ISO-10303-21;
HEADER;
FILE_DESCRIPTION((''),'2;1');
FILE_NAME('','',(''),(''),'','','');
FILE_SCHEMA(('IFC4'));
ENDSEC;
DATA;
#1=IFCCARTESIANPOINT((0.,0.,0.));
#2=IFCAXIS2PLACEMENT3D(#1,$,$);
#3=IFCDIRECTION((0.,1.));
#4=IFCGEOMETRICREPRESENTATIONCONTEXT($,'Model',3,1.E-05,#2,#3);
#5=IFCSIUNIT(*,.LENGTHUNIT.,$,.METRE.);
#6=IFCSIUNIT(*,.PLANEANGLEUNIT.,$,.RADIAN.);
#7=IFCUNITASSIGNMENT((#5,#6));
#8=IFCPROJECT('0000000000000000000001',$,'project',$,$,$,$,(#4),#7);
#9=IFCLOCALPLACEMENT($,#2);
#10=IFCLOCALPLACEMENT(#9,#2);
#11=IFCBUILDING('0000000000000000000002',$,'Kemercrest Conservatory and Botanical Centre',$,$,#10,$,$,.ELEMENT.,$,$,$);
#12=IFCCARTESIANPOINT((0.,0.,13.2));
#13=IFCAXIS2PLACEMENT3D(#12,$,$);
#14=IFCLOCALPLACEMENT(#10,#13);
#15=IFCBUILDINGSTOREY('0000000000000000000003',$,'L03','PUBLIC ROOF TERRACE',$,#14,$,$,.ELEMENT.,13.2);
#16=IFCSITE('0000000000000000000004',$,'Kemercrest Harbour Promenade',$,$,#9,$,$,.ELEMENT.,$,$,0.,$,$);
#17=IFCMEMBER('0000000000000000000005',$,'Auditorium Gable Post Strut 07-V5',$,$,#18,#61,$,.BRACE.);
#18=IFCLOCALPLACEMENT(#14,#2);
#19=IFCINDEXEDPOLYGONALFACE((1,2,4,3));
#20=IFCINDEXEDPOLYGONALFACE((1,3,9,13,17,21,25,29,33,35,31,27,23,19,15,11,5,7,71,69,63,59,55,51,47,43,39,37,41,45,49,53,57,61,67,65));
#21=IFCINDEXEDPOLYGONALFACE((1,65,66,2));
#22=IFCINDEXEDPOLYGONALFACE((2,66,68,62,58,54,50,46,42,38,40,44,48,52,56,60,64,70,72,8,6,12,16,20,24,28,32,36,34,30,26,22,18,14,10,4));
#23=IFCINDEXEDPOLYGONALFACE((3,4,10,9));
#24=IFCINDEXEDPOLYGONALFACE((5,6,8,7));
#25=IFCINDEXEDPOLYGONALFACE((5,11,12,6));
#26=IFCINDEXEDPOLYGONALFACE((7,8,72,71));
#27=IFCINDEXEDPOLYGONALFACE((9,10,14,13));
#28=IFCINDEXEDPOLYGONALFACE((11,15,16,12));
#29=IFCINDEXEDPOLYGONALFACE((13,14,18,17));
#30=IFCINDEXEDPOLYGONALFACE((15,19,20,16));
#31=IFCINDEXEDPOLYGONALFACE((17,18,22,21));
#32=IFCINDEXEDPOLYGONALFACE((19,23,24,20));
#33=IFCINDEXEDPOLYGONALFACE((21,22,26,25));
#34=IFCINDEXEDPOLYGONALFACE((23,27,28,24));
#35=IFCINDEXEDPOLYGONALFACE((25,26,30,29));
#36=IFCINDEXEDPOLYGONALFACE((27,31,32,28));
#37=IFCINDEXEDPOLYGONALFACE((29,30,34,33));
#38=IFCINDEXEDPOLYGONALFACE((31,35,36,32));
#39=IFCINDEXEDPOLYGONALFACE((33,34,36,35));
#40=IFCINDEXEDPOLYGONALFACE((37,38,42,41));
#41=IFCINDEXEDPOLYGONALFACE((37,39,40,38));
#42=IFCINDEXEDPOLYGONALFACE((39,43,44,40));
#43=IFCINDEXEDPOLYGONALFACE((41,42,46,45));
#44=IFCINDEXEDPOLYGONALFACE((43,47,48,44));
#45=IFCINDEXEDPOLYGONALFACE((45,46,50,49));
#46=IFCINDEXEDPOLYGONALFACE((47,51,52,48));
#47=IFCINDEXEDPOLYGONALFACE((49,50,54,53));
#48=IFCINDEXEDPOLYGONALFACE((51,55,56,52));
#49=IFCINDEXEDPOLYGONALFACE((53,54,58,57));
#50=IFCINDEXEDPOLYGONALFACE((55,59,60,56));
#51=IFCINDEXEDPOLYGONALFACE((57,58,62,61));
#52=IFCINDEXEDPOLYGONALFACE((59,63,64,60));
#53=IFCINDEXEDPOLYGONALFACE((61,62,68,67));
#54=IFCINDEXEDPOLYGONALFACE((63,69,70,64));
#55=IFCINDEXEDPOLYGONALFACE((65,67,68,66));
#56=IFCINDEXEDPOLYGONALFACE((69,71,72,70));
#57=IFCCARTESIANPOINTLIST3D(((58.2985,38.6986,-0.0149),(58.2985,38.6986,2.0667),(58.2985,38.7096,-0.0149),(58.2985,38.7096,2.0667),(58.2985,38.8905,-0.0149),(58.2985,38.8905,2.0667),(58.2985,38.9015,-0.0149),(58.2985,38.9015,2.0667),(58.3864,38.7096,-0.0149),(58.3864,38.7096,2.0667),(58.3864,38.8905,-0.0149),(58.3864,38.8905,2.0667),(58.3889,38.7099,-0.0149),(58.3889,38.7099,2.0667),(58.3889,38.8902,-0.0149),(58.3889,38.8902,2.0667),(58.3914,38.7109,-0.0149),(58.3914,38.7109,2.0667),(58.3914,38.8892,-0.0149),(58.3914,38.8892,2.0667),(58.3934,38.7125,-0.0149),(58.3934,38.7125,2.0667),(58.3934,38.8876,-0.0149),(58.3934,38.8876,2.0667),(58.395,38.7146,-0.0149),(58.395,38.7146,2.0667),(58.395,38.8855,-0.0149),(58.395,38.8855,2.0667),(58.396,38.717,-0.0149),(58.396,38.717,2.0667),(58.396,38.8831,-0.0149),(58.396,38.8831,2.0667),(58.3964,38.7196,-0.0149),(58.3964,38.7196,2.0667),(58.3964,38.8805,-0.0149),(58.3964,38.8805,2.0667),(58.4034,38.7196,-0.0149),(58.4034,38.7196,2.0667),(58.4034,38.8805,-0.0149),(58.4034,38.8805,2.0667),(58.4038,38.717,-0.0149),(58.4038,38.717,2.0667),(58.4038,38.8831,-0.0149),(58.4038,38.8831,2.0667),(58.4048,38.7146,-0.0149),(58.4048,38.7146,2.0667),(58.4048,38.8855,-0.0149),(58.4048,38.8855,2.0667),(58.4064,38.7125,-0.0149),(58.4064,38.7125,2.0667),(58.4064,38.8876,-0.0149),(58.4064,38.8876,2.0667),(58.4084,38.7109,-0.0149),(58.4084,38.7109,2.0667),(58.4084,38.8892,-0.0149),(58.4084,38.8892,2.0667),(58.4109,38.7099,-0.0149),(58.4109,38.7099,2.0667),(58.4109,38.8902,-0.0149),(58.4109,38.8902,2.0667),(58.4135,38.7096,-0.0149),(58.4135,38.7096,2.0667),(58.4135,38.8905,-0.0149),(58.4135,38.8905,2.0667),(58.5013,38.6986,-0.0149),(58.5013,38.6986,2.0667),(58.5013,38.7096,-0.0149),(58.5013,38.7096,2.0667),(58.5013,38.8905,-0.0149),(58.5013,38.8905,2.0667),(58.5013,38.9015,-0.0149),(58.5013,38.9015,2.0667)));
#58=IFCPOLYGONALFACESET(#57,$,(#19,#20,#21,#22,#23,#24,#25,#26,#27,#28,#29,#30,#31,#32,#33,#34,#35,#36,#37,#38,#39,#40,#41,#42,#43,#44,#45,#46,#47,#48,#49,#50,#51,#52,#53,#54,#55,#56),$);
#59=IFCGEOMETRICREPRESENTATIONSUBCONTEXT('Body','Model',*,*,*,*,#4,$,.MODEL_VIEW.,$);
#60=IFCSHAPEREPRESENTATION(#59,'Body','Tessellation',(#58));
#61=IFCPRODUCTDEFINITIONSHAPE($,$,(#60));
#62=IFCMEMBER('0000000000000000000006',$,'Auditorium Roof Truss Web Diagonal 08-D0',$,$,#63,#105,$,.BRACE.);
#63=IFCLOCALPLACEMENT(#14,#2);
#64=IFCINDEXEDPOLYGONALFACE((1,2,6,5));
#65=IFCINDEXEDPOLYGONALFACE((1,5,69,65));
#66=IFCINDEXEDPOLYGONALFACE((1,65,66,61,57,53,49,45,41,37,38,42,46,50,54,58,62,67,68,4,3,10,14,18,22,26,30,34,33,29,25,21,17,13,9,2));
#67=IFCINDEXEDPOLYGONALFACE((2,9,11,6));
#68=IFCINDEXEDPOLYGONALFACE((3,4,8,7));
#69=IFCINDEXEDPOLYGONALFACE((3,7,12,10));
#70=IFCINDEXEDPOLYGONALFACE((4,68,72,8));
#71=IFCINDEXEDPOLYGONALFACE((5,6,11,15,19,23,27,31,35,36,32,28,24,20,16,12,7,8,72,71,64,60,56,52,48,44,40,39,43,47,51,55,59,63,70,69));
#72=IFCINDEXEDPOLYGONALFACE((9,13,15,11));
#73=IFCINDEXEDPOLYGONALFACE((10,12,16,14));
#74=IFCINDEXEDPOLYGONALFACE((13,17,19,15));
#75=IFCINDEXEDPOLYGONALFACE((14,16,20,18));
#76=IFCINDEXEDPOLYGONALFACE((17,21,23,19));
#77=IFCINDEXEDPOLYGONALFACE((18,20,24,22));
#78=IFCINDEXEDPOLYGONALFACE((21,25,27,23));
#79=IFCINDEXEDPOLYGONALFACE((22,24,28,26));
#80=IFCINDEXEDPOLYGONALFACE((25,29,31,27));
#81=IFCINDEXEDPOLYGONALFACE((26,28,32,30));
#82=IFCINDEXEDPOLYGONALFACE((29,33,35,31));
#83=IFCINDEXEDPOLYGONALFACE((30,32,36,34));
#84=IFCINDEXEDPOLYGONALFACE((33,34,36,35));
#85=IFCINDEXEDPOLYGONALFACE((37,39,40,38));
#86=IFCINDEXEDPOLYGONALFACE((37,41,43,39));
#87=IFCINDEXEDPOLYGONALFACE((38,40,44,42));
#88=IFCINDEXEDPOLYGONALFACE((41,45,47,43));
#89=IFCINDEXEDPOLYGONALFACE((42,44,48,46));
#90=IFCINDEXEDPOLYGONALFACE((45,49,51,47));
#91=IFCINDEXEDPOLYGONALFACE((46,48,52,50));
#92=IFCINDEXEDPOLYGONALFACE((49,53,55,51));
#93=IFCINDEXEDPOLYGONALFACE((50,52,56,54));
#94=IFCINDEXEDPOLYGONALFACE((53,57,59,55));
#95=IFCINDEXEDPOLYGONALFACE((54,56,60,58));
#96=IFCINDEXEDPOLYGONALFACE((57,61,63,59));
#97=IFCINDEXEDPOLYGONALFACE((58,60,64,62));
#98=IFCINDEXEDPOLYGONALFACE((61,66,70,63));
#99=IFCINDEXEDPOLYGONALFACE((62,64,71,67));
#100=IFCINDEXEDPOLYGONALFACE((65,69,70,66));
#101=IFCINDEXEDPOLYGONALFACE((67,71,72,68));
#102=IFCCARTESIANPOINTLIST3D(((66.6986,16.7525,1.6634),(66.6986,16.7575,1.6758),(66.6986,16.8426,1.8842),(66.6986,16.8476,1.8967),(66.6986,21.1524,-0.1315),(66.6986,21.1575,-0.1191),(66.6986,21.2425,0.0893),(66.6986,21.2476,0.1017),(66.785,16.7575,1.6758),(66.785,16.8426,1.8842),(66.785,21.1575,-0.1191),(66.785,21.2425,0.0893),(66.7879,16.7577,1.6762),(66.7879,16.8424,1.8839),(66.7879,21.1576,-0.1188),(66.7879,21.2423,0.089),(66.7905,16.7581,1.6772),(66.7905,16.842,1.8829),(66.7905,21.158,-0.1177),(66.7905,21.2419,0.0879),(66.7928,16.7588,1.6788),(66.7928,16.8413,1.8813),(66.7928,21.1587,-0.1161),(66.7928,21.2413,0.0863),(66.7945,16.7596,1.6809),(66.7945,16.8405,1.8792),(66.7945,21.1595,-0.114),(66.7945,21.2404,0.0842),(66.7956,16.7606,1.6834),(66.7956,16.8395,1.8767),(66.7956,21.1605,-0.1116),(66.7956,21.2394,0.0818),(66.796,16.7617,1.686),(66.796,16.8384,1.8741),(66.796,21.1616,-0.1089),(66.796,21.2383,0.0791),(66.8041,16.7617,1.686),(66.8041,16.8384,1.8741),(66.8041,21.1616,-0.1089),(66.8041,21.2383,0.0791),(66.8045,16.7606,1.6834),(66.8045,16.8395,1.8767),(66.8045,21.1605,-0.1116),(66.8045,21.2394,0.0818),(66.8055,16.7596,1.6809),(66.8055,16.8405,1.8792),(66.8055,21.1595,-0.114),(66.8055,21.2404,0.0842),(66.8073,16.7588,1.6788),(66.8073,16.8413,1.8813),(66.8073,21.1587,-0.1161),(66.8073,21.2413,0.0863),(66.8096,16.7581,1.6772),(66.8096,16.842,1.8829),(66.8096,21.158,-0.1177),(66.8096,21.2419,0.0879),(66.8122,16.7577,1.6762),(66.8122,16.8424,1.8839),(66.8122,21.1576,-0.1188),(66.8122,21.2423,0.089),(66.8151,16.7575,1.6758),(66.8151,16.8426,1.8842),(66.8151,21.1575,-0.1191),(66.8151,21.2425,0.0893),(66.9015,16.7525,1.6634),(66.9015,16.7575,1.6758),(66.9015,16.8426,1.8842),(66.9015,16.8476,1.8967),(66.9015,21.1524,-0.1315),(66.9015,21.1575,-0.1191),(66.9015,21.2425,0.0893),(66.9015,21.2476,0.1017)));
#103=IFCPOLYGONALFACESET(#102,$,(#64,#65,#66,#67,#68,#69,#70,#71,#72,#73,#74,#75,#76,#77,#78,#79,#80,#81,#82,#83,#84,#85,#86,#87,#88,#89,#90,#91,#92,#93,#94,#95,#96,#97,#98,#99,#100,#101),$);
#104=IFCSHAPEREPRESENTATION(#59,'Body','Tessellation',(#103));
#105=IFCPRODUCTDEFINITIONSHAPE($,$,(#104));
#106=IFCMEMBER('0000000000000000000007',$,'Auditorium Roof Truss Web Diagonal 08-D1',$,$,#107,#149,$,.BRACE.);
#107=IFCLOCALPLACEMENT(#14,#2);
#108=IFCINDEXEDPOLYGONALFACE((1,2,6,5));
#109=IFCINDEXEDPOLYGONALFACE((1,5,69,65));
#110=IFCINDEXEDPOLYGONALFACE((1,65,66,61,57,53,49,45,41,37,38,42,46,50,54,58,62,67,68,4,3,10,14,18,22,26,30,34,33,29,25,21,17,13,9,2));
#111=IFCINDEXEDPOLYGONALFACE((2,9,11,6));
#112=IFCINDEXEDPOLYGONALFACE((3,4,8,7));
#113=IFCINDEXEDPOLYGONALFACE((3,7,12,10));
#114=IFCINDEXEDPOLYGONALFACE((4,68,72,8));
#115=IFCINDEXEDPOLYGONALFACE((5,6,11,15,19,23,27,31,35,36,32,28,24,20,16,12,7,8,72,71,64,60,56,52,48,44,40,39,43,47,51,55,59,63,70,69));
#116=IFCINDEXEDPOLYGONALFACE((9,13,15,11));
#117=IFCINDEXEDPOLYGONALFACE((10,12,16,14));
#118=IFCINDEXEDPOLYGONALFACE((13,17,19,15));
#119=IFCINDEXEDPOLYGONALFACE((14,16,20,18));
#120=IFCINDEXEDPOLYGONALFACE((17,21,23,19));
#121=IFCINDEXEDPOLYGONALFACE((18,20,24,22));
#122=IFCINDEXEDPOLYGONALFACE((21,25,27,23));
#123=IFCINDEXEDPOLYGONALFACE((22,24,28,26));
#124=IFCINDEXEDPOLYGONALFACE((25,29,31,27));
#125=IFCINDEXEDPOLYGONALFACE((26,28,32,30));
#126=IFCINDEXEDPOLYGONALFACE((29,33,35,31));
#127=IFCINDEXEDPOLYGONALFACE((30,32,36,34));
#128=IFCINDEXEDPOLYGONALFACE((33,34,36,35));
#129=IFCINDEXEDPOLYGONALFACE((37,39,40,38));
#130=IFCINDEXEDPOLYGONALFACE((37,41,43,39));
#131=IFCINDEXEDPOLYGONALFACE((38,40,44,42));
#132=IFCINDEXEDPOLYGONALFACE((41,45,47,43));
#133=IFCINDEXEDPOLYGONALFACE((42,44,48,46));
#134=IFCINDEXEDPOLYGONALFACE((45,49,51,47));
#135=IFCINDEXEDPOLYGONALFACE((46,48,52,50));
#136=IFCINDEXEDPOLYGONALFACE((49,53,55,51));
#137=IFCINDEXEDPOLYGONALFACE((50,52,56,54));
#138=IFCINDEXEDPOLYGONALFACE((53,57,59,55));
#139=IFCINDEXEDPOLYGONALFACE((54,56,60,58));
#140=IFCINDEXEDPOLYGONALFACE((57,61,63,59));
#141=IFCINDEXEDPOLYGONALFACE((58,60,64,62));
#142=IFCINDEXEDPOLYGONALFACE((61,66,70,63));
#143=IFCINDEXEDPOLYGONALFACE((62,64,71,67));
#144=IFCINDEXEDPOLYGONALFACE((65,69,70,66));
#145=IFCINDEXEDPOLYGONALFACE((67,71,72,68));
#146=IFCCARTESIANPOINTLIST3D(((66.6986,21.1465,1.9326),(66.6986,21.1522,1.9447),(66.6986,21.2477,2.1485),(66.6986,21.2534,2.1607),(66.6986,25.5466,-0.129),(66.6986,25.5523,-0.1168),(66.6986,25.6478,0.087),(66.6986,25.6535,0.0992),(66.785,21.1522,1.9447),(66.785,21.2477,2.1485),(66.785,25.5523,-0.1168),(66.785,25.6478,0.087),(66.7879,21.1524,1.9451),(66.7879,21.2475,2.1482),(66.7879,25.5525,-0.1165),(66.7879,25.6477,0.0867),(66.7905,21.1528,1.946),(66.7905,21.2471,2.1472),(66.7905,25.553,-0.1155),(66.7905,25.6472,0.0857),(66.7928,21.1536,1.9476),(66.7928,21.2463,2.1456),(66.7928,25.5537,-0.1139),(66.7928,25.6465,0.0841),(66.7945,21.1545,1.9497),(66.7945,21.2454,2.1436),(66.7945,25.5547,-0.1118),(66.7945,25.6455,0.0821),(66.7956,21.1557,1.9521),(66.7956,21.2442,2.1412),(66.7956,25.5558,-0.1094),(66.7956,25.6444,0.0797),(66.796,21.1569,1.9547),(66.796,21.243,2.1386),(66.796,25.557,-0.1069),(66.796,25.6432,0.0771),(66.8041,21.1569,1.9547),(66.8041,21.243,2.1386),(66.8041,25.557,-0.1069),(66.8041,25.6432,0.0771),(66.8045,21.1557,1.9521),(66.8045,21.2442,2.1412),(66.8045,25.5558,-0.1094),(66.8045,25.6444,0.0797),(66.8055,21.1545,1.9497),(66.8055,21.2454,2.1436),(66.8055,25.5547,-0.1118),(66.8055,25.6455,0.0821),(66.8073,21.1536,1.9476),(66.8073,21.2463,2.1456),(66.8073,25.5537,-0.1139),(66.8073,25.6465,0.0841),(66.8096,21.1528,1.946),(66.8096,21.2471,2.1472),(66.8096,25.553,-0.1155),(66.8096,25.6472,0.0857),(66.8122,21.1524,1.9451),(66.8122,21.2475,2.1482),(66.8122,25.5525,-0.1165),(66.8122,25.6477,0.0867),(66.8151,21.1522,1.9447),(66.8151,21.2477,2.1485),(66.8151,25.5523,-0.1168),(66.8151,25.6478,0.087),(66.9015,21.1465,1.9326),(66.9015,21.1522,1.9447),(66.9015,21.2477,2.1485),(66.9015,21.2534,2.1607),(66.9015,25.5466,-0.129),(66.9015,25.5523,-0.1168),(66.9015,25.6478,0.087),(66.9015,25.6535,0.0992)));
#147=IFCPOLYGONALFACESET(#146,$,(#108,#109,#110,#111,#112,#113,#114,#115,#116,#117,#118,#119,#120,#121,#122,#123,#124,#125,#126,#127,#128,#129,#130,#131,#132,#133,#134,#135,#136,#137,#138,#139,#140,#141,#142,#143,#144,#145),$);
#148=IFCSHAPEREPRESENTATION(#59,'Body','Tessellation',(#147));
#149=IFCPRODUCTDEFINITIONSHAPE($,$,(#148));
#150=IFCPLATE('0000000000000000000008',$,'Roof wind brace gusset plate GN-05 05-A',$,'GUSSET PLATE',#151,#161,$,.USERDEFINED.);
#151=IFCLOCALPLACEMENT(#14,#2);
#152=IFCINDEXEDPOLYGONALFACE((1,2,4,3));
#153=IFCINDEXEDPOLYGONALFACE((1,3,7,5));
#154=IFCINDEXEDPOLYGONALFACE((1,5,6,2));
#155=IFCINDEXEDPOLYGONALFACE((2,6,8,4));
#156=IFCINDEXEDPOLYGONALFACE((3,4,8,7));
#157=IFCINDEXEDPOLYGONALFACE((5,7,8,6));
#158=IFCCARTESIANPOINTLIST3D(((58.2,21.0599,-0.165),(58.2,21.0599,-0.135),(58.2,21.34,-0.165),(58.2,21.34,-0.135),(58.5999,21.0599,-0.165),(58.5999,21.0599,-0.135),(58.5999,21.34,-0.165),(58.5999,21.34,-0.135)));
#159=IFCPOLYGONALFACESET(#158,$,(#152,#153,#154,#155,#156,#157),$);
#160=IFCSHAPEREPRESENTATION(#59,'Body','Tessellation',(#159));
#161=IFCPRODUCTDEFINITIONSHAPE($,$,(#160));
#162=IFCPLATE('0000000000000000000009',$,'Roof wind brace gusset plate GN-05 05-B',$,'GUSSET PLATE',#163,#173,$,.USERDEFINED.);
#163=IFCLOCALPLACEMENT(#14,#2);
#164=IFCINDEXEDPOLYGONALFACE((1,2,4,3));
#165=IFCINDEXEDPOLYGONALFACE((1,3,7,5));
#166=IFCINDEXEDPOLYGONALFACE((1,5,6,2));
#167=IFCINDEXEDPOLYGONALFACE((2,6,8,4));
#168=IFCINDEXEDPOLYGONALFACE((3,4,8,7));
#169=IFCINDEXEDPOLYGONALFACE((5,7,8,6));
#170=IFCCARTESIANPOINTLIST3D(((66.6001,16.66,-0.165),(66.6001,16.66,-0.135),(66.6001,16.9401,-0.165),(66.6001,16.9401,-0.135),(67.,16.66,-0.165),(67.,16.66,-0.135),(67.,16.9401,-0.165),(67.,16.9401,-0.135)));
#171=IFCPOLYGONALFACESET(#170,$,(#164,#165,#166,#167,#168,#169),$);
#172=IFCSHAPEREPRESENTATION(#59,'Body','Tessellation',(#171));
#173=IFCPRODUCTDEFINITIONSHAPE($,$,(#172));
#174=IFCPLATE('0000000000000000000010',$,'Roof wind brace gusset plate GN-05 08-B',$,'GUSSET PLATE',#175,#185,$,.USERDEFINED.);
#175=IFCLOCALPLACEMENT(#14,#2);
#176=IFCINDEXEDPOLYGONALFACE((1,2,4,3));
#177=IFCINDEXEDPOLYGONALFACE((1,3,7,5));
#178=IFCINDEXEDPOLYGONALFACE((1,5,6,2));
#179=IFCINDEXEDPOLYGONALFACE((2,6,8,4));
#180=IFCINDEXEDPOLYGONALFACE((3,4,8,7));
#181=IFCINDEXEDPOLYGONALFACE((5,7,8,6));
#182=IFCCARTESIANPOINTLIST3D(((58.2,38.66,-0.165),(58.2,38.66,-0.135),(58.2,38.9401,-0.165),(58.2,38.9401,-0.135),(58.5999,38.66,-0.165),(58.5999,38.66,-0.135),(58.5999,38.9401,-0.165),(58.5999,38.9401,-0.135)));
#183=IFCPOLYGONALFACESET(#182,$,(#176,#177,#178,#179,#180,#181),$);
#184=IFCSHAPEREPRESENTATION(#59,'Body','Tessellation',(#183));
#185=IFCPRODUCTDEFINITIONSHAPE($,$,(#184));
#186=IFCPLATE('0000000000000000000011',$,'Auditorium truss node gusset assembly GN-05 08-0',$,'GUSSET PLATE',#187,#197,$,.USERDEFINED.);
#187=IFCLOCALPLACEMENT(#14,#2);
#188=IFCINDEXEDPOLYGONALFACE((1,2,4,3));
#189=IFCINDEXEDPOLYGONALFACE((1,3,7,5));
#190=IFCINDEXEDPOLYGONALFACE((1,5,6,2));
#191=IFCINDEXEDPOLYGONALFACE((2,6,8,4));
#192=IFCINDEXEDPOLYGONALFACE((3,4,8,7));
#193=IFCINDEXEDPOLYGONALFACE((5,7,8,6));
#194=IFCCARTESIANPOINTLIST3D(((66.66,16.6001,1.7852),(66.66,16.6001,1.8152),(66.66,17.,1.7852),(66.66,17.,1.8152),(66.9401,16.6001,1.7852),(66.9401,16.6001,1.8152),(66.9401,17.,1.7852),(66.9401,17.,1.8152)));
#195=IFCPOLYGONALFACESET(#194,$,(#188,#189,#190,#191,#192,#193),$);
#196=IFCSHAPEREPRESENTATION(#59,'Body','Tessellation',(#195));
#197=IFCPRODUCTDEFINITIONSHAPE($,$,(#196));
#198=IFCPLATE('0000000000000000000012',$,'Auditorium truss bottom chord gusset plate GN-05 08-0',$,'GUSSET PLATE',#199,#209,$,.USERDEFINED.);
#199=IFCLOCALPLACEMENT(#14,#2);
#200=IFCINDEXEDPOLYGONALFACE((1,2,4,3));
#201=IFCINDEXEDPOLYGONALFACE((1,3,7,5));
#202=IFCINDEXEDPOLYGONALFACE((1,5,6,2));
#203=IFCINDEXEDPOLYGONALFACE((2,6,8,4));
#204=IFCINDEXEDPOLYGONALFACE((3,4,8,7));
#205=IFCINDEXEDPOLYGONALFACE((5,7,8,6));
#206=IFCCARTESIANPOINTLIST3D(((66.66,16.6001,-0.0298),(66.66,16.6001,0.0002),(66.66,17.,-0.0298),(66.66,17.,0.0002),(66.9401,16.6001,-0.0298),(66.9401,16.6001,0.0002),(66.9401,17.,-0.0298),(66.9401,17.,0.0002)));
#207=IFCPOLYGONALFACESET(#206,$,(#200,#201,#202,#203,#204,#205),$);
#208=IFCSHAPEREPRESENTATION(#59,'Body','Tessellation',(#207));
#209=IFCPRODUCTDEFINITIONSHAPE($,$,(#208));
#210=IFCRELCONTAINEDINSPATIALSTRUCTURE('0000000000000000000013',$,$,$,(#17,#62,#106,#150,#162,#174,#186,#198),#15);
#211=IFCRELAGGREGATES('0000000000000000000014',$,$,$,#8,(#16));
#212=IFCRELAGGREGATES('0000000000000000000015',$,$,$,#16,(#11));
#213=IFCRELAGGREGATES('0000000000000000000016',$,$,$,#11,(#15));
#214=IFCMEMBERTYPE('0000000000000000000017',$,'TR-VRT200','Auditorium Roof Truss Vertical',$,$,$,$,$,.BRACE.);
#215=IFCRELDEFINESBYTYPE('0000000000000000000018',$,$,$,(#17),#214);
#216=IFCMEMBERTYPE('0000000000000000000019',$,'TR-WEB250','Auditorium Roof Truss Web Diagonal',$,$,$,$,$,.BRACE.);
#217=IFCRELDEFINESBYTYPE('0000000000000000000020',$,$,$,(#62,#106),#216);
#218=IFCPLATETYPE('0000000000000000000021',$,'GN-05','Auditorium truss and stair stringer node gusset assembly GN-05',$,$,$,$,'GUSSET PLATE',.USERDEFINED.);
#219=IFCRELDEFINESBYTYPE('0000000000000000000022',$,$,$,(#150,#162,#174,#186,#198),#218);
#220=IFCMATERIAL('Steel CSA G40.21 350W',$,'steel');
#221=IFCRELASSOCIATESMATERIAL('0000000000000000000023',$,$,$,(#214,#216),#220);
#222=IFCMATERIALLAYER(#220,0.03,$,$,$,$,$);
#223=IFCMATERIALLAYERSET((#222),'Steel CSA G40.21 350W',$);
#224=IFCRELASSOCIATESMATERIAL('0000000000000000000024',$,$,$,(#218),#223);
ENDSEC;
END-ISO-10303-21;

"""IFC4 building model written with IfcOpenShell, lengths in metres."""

from ifc_helpers import new_model, si_unit, direction, frame, origin, origin_2d, place, context, subcontext, project, spatial, rectangle, i_section, extrude, material, layer, layer_set, material_profile, profile_set, type_object, element, save


model = new_model("IFC4")

# Units and contexts
model_context = context("Model", 3, precision=1e-05, world=origin(), true_north=direction((0.0, 1.0)))
body_context = subcontext(model_context, "Body", "Model", "MODEL_VIEW")
ifc_project = project(units=[si_unit("LENGTHUNIT", "METRE"), si_unit("PLANEANGLEUNIT", "RADIAN")], contexts=[model_context])

# Site, building, storey
site_placement = place(None, origin())
site = spatial("IfcSite", under=ifc_project, at=site_placement, Name="Kemercrest Harbour Promenade", CompositionType="ELEMENT", RefElevation=0.0)
building_placement = place(site_placement, origin())
building = spatial("IfcBuilding", under=site, at=building_placement, Name="Kemercrest Conservatory and Botanical Centre", CompositionType="ELEMENT")
storey_placement = place(building_placement, frame((0.0, 0.0, 13.2)))
storey = spatial("IfcBuildingStorey", under=building, at=storey_placement, Name="L03", Description="PUBLIC ROOF TERRACE", CompositionType="ELEMENT", Elevation=13.2)

# Shared definitions
ifc_material_1 = material(Name="Steel CSA G40.21 350W", Category="steel")

# Members
ifc_material_profile_1 = material_profile(ifc_material_1, i_section(OverallWidth=0.2029, OverallDepth=0.2029, WebThickness=0.0071, FlangeThickness=0.011, FilletRadius=0.01, at=origin_2d()), Name="W200X46")
ifc_profile_set_1 = profile_set([ifc_material_profile_1], Name="Steel CSA G40.21 350W")
member_type_1 = type_object("IfcMemberType", Name="TR-VRT200", Description="Auditorium Roof Truss Vertical", PredefinedType="BRACE", material=ifc_profile_set_1)
member_1_placement = place(storey_placement, frame((58.3999, 38.8, -0.0149), z_axis=(0.0, 0.0, 1.0), x_axis=(1.0, 0.0, 0.0)))
element("IfcMember", 1, at=member_1_placement, inside=storey, type_object=member_type_1, Name="Auditorium Gable Post Strut 07-V5", PredefinedType="BRACE", context=body_context, shape_type="SweptSolid", body=[
    extrude(i_section(OverallWidth=0.2029, OverallDepth=0.2029, WebThickness=0.0071, FlangeThickness=0.011, FilletRadius=0.01, at=origin_2d()), origin(), (0.0, 0.0, 1.0), 2.0815),
])
ifc_material_profile_2 = material_profile(ifc_material_1, i_section(OverallWidth=0.2029, OverallDepth=0.252, WebThickness=0.0081, FlangeThickness=0.0134, FilletRadius=0.011, at=origin_2d()), Name="W250X58")
ifc_profile_set_2 = profile_set([ifc_material_profile_2], Name="Steel CSA G40.21 350W")
member_type_2 = type_object("IfcMemberType", Name="TR-WEB250", Description="Auditorium Roof Truss Web Diagonal", PredefinedType="BRACE", material=ifc_profile_set_2)
member_2_placement = place(storey_placement, frame((66.8, 16.8, 1.78), z_axis=(0.0, 0.925918, -0.377724), x_axis=(-1.0, 0.0, 0.0)))
element("IfcMember", 2, at=member_2_placement, inside=storey, type_object=member_type_2, Name="Auditorium Roof Truss Web Diagonal 08-D0", PredefinedType="BRACE", context=body_context, shape_type="SweptSolid", body=[
    extrude(i_section(OverallWidth=0.2029, OverallDepth=0.252, WebThickness=0.0081, FlangeThickness=0.0134, FilletRadius=0.011, at=origin_2d()), origin(), (0.0, 0.0, 1.0), 4.752),
])
member_3_placement = place(storey_placement, frame((66.8, 21.2, 2.0466), z_axis=(0.0, 0.905542, -0.424258), x_axis=(-1.0, 0.0, 0.0)))
element("IfcMember", 3, at=member_3_placement, inside=storey, type_object=member_type_2, Name="Auditorium Roof Truss Web Diagonal 08-D1", PredefinedType="BRACE", context=body_context, shape_type="SweptSolid", body=[
    extrude(i_section(OverallWidth=0.2029, OverallDepth=0.252, WebThickness=0.0081, FlangeThickness=0.0134, FilletRadius=0.011, at=origin_2d()), origin(), (0.0, 0.0, 1.0), 4.8591),
])

# Plates
ifc_layer_1 = layer(ifc_material_1, 0.03)
ifc_layer_set_1 = layer_set([ifc_layer_1], Name="Steel CSA G40.21 350W")
plate_type = type_object("IfcPlateType", Name="GN-05", Description="Auditorium truss and stair stringer node gusset assembly GN-05", ElementType="GUSSET PLATE", PredefinedType="USERDEFINED", material=ifc_layer_set_1)
for number, where, z_axis, x_axis, name in (
    (4, (58.3999, 21.2, -0.165), (0.0, 0.0, 1.0), (1.0, 0.0, 0.0), "Roof wind brace gusset plate GN-05 05-A"),
    (5, (66.8, 16.8, -0.165), (0.0, 0.0, 1.0), (1.0, 0.0, 0.0), "Roof wind brace gusset plate GN-05 05-B"),
    (6, (58.3999, 38.8, -0.165), (0.0, 0.0, 1.0), (1.0, 0.0, 0.0), "Roof wind brace gusset plate GN-05 08-B"),
    (7, (66.8, 16.8, 1.7852), (0.0, 0.0, 1.0), (0.0, 1.0, 0.0), "Auditorium truss node gusset assembly GN-05 08-0"),
    (8, (66.8, 16.8, -0.0298), (0.0, 0.0, 1.0), (0.0, 1.0, 0.0), "Auditorium truss bottom chord gusset plate GN-05 08-0"),
):
    element("IfcPlate", number, at=place(storey_placement, frame(where, z_axis=z_axis, x_axis=x_axis)), inside=storey, type_object=plate_type, Name=name, ObjectType="GUSSET PLATE", PredefinedType="USERDEFINED", context=body_context, shape_type="SweptSolid", body=[
        extrude(rectangle(XDim=0.3999, YDim=0.28, at=origin_2d()), origin(), (0.0, 0.0, 1.0), 0.03),
    ])

save(model, "model.ifc")
